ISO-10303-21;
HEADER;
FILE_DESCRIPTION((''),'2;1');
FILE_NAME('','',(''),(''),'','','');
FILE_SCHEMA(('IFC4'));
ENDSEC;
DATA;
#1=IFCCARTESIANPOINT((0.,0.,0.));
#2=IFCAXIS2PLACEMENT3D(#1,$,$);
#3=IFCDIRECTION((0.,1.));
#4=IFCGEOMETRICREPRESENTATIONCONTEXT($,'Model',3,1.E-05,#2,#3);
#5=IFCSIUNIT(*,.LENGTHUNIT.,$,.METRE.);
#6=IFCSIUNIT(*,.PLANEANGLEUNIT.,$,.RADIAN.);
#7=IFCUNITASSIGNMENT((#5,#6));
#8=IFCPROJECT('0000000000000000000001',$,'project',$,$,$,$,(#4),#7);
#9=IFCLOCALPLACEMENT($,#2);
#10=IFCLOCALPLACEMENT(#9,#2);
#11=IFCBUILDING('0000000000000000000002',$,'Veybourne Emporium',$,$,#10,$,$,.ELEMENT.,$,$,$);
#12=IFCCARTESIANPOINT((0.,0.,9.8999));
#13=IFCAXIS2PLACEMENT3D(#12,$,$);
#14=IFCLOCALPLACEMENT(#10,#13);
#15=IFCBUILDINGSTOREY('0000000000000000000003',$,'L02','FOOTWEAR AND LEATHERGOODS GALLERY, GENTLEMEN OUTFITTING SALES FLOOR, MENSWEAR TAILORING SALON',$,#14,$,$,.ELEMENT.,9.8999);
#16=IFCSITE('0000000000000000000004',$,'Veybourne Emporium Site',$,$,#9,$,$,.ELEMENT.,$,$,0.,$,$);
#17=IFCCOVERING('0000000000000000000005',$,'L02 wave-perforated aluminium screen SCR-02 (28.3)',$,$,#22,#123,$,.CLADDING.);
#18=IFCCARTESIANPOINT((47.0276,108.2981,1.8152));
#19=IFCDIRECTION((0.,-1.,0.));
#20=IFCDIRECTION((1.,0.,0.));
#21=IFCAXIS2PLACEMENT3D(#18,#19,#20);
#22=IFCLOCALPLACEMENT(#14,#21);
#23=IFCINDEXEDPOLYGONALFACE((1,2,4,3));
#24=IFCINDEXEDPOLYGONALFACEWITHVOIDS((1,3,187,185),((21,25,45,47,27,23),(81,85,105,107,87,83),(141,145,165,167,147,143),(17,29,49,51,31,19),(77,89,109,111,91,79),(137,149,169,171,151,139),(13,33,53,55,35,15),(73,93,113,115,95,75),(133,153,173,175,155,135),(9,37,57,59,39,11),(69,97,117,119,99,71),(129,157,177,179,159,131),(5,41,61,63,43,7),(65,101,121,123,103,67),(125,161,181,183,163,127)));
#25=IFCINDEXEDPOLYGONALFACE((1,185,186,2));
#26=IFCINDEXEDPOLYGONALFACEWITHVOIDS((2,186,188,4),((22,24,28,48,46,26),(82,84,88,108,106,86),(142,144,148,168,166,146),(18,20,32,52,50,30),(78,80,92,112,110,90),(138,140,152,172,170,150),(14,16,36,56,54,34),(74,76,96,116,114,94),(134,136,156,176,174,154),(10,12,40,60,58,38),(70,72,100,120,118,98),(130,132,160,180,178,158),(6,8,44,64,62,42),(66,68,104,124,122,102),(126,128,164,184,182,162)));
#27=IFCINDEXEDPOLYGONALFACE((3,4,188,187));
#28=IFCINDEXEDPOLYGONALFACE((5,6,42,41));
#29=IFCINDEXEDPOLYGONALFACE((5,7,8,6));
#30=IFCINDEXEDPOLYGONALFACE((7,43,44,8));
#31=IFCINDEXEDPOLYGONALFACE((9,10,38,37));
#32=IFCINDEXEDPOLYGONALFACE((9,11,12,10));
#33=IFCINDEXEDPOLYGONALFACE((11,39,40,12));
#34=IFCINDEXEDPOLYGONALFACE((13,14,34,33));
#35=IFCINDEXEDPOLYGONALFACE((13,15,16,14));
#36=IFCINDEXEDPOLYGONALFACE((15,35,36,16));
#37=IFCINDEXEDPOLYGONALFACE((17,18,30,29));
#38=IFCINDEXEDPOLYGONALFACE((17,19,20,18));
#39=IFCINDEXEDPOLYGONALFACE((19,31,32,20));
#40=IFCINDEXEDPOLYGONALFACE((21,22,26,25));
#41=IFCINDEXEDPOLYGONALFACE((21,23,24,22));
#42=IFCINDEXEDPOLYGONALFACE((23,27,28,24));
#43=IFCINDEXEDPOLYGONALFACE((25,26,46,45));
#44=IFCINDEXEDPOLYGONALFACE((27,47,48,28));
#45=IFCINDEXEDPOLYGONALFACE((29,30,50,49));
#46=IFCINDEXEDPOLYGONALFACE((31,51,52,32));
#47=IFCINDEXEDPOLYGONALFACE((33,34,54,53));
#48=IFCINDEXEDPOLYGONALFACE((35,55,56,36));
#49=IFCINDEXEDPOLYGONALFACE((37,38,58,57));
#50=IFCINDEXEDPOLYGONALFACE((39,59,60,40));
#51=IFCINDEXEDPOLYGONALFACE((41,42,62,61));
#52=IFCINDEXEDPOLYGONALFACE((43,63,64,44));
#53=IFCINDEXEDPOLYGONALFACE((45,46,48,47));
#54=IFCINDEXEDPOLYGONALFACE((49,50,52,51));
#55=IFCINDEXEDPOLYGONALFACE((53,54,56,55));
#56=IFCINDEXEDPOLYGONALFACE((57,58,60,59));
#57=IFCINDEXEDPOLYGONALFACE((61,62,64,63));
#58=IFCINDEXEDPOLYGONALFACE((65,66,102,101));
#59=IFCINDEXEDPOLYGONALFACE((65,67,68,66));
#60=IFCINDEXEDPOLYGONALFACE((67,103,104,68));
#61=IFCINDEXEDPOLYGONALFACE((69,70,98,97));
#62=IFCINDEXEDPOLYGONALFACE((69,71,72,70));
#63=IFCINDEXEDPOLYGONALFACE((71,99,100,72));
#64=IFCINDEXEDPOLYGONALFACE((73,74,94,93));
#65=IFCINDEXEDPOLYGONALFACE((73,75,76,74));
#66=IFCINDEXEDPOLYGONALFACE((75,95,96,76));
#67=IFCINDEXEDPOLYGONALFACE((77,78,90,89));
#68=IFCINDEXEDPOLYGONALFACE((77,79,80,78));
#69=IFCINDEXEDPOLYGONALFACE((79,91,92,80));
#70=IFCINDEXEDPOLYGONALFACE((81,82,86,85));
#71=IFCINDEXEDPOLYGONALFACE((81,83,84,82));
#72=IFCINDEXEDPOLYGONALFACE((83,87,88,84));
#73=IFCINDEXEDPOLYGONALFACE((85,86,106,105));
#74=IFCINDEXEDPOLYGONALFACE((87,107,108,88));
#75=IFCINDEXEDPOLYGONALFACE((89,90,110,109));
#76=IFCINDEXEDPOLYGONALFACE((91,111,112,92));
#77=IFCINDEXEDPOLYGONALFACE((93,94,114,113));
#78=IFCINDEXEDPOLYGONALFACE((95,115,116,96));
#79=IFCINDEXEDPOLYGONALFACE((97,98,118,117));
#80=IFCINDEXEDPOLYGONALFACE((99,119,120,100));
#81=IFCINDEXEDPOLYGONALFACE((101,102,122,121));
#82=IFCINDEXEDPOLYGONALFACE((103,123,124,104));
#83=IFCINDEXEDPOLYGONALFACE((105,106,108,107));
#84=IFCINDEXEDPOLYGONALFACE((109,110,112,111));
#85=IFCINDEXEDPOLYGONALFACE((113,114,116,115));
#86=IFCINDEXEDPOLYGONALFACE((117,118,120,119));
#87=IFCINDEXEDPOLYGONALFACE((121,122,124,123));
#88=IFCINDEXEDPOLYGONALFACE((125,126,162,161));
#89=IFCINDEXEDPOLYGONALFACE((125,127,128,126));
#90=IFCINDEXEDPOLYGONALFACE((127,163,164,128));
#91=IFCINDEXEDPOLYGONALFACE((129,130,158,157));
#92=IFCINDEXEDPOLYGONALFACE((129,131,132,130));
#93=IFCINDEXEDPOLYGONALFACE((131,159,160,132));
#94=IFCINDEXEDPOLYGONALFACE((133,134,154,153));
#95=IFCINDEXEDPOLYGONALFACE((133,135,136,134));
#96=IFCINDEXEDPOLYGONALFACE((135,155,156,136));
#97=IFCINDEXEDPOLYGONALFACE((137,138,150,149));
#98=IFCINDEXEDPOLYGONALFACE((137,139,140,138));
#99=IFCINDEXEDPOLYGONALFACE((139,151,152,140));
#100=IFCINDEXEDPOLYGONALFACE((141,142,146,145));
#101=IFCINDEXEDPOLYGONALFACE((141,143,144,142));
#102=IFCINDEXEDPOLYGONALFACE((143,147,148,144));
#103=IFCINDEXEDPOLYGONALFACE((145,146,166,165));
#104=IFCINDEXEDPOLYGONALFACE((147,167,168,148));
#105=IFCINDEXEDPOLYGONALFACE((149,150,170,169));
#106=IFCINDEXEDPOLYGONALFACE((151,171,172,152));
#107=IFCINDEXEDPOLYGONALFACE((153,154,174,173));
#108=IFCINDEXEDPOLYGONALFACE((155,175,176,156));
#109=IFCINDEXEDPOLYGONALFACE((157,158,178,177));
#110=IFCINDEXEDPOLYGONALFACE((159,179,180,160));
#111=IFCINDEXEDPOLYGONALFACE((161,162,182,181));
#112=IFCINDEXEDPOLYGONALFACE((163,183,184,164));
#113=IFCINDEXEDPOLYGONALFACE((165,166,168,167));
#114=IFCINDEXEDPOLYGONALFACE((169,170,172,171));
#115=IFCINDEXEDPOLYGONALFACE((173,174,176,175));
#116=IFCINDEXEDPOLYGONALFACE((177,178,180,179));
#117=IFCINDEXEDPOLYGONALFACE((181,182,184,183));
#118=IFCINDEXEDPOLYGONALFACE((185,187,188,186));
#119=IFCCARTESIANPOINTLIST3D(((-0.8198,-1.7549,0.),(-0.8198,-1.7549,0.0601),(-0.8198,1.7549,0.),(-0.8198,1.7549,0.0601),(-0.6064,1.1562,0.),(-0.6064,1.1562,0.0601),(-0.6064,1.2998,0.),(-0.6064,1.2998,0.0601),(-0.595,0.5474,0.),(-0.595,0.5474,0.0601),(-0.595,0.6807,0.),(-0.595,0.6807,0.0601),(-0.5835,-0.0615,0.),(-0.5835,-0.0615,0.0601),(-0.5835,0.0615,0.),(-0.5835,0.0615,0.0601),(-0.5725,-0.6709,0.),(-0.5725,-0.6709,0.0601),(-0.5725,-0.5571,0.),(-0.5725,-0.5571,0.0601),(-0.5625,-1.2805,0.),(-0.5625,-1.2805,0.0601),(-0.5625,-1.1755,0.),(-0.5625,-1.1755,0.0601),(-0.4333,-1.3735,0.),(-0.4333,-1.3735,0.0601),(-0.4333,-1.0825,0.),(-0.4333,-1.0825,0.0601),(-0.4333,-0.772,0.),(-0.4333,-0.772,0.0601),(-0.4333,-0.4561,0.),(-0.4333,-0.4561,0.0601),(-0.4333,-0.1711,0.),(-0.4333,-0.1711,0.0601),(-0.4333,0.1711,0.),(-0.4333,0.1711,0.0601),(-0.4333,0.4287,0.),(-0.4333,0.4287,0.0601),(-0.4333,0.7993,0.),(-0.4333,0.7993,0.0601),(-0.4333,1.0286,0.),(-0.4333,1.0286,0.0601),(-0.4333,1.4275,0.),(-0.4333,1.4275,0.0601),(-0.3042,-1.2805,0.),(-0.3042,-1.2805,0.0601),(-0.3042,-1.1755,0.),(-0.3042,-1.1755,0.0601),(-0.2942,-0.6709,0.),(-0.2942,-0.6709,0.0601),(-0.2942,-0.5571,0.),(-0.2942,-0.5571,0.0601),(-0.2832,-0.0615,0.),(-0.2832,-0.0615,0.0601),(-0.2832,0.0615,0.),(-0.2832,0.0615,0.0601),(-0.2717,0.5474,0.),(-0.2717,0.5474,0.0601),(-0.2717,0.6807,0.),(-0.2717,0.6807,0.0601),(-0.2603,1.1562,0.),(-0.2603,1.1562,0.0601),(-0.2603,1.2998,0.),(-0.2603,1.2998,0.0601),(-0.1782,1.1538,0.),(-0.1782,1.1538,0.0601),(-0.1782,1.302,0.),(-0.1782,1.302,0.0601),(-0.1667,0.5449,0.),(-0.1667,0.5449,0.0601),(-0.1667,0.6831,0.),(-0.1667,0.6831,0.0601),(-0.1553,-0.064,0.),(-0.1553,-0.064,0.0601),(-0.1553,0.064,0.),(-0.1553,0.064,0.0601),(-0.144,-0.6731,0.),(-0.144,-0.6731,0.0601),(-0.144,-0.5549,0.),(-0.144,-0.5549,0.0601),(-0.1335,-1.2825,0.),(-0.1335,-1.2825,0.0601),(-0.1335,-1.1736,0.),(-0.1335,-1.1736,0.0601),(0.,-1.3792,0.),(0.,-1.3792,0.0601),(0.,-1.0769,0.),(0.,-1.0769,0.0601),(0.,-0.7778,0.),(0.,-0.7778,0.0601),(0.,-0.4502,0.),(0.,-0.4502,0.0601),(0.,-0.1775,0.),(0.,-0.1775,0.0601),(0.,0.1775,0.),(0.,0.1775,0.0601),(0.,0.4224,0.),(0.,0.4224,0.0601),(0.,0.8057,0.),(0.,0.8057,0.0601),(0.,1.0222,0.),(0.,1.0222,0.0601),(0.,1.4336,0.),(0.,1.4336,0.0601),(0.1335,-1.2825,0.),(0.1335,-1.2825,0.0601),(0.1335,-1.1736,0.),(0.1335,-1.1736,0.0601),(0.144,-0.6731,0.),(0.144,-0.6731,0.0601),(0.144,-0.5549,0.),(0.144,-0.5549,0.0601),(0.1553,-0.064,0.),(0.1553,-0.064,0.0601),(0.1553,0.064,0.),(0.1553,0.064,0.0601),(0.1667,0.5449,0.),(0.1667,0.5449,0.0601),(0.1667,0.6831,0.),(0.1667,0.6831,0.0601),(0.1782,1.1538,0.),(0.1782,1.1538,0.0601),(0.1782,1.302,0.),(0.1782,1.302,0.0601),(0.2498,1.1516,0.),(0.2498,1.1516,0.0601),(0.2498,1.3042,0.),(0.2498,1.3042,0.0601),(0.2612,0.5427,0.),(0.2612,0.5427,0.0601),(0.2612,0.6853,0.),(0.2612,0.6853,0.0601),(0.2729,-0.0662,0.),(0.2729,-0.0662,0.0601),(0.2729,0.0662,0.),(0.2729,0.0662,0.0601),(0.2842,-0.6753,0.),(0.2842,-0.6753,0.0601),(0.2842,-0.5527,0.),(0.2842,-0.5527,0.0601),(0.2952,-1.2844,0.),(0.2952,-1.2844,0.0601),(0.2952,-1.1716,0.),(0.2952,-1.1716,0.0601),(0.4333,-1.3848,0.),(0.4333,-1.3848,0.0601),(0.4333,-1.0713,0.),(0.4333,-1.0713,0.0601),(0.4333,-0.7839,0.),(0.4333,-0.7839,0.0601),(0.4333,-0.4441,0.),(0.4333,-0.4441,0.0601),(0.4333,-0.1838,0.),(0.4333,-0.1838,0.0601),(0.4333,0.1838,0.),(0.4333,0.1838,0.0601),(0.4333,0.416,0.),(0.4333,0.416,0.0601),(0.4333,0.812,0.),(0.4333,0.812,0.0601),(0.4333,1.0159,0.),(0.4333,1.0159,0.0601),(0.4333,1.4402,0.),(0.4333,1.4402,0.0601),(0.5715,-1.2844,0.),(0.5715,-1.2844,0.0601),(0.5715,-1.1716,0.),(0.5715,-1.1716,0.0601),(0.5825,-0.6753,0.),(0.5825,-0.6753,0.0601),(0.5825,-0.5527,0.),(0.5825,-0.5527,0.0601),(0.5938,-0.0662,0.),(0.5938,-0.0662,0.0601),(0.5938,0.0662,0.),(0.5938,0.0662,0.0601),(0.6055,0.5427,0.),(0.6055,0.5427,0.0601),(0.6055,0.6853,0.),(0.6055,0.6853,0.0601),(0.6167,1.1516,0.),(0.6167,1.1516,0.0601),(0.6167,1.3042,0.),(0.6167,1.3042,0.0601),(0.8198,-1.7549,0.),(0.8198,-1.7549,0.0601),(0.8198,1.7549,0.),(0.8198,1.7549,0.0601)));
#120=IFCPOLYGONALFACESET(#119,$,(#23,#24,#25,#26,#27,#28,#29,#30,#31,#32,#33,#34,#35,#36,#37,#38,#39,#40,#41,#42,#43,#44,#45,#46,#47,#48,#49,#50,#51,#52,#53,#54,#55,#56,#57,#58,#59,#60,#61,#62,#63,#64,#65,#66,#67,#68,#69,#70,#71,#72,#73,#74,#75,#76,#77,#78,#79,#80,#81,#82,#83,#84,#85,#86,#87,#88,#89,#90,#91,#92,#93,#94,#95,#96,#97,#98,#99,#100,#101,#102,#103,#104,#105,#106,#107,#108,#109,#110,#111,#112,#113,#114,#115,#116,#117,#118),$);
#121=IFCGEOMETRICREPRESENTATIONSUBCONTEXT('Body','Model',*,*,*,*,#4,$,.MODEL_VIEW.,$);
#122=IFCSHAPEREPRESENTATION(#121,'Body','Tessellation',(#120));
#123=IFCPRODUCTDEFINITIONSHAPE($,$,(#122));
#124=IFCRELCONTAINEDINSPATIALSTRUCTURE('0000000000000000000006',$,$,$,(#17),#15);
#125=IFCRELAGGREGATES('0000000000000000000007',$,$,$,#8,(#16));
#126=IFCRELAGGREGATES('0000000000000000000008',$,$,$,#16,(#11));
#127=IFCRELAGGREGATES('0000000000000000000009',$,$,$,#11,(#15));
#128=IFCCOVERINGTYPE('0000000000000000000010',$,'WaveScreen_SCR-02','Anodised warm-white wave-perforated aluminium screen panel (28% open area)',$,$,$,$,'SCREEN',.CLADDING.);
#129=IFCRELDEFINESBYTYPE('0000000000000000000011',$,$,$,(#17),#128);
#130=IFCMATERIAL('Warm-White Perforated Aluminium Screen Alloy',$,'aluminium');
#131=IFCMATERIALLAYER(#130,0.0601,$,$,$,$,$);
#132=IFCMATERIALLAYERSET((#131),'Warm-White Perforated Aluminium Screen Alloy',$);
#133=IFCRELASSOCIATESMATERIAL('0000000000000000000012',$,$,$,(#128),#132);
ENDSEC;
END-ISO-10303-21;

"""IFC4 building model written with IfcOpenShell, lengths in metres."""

from ifc_helpers import new_model, si_unit, direction, frame, origin, place, context, subcontext, project, spatial, polyline, outline, extrude, material, layer, layer_set, type_object, element, save


model = new_model("IFC4")

# Units and contexts
model_context = context("Model", 3, precision=1e-05, world=origin(), true_north=direction((0.0, 1.0)))
body_context = subcontext(model_context, "Body", "Model", "MODEL_VIEW")
ifc_project = project(units=[si_unit("LENGTHUNIT", "METRE"), si_unit("PLANEANGLEUNIT", "RADIAN")], contexts=[model_context])

# Site, building, storey
site_placement = place(None, origin())
site = spatial("IfcSite", under=ifc_project, at=site_placement, Name="Veybourne Emporium Site", CompositionType="ELEMENT", RefElevation=0.0)
building_placement = place(site_placement, origin())
building = spatial("IfcBuilding", under=site, at=building_placement, Name="Veybourne Emporium", CompositionType="ELEMENT")
storey_placement = place(building_placement, frame((0.0, 0.0, 9.8999)))
storey = spatial("IfcBuildingStorey", under=building, at=storey_placement, Name="L02", Description="FOOTWEAR AND LEATHERGOODS GALLERY, GENTLEMEN OUTFITTING SALES FLOOR, MENSWEAR TAILORING SALON", CompositionType="ELEMENT", Elevation=9.8999)

# Covering
ifc_material_1 = material(Name="Warm-White Perforated Aluminium Screen Alloy", Category="aluminium")
ifc_layer_1 = layer(ifc_material_1, 0.0601)
ifc_layer_set_1 = layer_set([ifc_layer_1], Name="Warm-White Perforated Aluminium Screen Alloy")
covering_type_1 = type_object("IfcCoveringType", Name="WaveScreen_SCR-02", Description="Anodised warm-white wave-perforated aluminium screen panel (28% open area)", ElementType="SCREEN", PredefinedType="CLADDING", material=ifc_layer_set_1)
covering_1_placement = place(storey_placement, frame((47.0276, 108.2981, 1.8152), z_axis=(0.0, -1.0, 0.0), x_axis=(1.0, 0.0, 0.0)))
element("IfcCovering", 1, at=covering_1_placement, inside=storey, type_object=covering_type_1, Name="L02 wave-perforated aluminium screen SCR-02 (28.3)", PredefinedType="CLADDING", context=body_context, shape_type="SweptSolid", body=[
    extrude(outline(polyline([(-0.8198, -1.7549), (0.8198, -1.7549), (0.8198, 1.7549), (-0.8198, 1.7549), (-0.8198, -1.7549)]), holes=[polyline([(-0.4333, -1.0825), (-0.3042, -1.1755), (-0.3042, -1.2805), (-0.4333, -1.3735), (-0.5625, -1.2805), (-0.5625, -1.1755), (-0.4333, -1.0825)]), polyline([(-0.4333, -0.4561), (-0.2942, -0.5571), (-0.2942, -0.6709), (-0.4333, -0.772), (-0.5725, -0.6709), (-0.5725, -0.5571), (-0.4333, -0.4561)]), polyline([(-0.4333, 0.1711), (-0.2832, 0.0615), (-0.2832, -0.0615), (-0.4333, -0.1711), (-0.5835, -0.0615), (-0.5835, 0.0615), (-0.4333, 0.1711)]), polyline([(-0.4333, 0.7993), (-0.2717, 0.6807), (-0.2717, 0.5474), (-0.4333, 0.4287), (-0.595, 0.5474), (-0.595, 0.6807), (-0.4333, 0.7993)]), polyline([(-0.4333, 1.4275), (-0.2603, 1.2998), (-0.2603, 1.1562), (-0.4333, 1.0286), (-0.6064, 1.1562), (-0.6064, 1.2998), (-0.4333, 1.4275)]), polyline([(0.0, -1.0769), (0.1335, -1.1736), (0.1335, -1.2825), (0.0, -1.3792), (-0.1335, -1.2825), (-0.1335, -1.1736), (0.0, -1.0769)]), polyline([(0.0, -0.4502), (0.144, -0.5549), (0.144, -0.6731), (0.0, -0.7778), (-0.144, -0.6731), (-0.144, -0.5549), (0.0, -0.4502)]), polyline([(0.0, 0.1775), (0.1553, 0.064), (0.1553, -0.064), (0.0, -0.1775), (-0.1553, -0.064), (-0.1553, 0.064), (0.0, 0.1775)]), polyline([(0.0, 0.8057), (0.1667, 0.6831), (0.1667, 0.5449), (0.0, 0.4224), (-0.1667, 0.5449), (-0.1667, 0.6831), (0.0, 0.8057)]), polyline([(0.0, 1.4336), (0.1782, 1.302), (0.1782, 1.1538), (0.0, 1.0222), (-0.1782, 1.1538), (-0.1782, 1.302), (0.0, 1.4336)]), polyline([(0.4333, -1.0713), (0.5715, -1.1716), (0.5715, -1.2844), (0.4333, -1.3848), (0.2952, -1.2844), (0.2952, -1.1716), (0.4333, -1.0713)]), polyline([(0.4333, -0.4441), (0.5825, -0.5527), (0.5825, -0.6753), (0.4333, -0.7839), (0.2842, -0.6753), (0.2842, -0.5527), (0.4333, -0.4441)]), polyline([(0.4333, 0.1838), (0.5938, 0.0662), (0.5938, -0.0662), (0.4333, -0.1838), (0.2729, -0.0662), (0.2729, 0.0662), (0.4333, 0.1838)]), polyline([(0.4333, 0.812), (0.6055, 0.6853), (0.6055, 0.5427), (0.4333, 0.416), (0.2612, 0.5427), (0.2612, 0.6853), (0.4333, 0.812)]), polyline([(0.4333, 1.4402), (0.6167, 1.3042), (0.6167, 1.1516), (0.4333, 1.0159), (0.2498, 1.1516), (0.2498, 1.3042), (0.4333, 1.4402)])]), origin(), (0.0, 0.0, 1.0), 0.0601),
])

save(model, "model.ifc")
